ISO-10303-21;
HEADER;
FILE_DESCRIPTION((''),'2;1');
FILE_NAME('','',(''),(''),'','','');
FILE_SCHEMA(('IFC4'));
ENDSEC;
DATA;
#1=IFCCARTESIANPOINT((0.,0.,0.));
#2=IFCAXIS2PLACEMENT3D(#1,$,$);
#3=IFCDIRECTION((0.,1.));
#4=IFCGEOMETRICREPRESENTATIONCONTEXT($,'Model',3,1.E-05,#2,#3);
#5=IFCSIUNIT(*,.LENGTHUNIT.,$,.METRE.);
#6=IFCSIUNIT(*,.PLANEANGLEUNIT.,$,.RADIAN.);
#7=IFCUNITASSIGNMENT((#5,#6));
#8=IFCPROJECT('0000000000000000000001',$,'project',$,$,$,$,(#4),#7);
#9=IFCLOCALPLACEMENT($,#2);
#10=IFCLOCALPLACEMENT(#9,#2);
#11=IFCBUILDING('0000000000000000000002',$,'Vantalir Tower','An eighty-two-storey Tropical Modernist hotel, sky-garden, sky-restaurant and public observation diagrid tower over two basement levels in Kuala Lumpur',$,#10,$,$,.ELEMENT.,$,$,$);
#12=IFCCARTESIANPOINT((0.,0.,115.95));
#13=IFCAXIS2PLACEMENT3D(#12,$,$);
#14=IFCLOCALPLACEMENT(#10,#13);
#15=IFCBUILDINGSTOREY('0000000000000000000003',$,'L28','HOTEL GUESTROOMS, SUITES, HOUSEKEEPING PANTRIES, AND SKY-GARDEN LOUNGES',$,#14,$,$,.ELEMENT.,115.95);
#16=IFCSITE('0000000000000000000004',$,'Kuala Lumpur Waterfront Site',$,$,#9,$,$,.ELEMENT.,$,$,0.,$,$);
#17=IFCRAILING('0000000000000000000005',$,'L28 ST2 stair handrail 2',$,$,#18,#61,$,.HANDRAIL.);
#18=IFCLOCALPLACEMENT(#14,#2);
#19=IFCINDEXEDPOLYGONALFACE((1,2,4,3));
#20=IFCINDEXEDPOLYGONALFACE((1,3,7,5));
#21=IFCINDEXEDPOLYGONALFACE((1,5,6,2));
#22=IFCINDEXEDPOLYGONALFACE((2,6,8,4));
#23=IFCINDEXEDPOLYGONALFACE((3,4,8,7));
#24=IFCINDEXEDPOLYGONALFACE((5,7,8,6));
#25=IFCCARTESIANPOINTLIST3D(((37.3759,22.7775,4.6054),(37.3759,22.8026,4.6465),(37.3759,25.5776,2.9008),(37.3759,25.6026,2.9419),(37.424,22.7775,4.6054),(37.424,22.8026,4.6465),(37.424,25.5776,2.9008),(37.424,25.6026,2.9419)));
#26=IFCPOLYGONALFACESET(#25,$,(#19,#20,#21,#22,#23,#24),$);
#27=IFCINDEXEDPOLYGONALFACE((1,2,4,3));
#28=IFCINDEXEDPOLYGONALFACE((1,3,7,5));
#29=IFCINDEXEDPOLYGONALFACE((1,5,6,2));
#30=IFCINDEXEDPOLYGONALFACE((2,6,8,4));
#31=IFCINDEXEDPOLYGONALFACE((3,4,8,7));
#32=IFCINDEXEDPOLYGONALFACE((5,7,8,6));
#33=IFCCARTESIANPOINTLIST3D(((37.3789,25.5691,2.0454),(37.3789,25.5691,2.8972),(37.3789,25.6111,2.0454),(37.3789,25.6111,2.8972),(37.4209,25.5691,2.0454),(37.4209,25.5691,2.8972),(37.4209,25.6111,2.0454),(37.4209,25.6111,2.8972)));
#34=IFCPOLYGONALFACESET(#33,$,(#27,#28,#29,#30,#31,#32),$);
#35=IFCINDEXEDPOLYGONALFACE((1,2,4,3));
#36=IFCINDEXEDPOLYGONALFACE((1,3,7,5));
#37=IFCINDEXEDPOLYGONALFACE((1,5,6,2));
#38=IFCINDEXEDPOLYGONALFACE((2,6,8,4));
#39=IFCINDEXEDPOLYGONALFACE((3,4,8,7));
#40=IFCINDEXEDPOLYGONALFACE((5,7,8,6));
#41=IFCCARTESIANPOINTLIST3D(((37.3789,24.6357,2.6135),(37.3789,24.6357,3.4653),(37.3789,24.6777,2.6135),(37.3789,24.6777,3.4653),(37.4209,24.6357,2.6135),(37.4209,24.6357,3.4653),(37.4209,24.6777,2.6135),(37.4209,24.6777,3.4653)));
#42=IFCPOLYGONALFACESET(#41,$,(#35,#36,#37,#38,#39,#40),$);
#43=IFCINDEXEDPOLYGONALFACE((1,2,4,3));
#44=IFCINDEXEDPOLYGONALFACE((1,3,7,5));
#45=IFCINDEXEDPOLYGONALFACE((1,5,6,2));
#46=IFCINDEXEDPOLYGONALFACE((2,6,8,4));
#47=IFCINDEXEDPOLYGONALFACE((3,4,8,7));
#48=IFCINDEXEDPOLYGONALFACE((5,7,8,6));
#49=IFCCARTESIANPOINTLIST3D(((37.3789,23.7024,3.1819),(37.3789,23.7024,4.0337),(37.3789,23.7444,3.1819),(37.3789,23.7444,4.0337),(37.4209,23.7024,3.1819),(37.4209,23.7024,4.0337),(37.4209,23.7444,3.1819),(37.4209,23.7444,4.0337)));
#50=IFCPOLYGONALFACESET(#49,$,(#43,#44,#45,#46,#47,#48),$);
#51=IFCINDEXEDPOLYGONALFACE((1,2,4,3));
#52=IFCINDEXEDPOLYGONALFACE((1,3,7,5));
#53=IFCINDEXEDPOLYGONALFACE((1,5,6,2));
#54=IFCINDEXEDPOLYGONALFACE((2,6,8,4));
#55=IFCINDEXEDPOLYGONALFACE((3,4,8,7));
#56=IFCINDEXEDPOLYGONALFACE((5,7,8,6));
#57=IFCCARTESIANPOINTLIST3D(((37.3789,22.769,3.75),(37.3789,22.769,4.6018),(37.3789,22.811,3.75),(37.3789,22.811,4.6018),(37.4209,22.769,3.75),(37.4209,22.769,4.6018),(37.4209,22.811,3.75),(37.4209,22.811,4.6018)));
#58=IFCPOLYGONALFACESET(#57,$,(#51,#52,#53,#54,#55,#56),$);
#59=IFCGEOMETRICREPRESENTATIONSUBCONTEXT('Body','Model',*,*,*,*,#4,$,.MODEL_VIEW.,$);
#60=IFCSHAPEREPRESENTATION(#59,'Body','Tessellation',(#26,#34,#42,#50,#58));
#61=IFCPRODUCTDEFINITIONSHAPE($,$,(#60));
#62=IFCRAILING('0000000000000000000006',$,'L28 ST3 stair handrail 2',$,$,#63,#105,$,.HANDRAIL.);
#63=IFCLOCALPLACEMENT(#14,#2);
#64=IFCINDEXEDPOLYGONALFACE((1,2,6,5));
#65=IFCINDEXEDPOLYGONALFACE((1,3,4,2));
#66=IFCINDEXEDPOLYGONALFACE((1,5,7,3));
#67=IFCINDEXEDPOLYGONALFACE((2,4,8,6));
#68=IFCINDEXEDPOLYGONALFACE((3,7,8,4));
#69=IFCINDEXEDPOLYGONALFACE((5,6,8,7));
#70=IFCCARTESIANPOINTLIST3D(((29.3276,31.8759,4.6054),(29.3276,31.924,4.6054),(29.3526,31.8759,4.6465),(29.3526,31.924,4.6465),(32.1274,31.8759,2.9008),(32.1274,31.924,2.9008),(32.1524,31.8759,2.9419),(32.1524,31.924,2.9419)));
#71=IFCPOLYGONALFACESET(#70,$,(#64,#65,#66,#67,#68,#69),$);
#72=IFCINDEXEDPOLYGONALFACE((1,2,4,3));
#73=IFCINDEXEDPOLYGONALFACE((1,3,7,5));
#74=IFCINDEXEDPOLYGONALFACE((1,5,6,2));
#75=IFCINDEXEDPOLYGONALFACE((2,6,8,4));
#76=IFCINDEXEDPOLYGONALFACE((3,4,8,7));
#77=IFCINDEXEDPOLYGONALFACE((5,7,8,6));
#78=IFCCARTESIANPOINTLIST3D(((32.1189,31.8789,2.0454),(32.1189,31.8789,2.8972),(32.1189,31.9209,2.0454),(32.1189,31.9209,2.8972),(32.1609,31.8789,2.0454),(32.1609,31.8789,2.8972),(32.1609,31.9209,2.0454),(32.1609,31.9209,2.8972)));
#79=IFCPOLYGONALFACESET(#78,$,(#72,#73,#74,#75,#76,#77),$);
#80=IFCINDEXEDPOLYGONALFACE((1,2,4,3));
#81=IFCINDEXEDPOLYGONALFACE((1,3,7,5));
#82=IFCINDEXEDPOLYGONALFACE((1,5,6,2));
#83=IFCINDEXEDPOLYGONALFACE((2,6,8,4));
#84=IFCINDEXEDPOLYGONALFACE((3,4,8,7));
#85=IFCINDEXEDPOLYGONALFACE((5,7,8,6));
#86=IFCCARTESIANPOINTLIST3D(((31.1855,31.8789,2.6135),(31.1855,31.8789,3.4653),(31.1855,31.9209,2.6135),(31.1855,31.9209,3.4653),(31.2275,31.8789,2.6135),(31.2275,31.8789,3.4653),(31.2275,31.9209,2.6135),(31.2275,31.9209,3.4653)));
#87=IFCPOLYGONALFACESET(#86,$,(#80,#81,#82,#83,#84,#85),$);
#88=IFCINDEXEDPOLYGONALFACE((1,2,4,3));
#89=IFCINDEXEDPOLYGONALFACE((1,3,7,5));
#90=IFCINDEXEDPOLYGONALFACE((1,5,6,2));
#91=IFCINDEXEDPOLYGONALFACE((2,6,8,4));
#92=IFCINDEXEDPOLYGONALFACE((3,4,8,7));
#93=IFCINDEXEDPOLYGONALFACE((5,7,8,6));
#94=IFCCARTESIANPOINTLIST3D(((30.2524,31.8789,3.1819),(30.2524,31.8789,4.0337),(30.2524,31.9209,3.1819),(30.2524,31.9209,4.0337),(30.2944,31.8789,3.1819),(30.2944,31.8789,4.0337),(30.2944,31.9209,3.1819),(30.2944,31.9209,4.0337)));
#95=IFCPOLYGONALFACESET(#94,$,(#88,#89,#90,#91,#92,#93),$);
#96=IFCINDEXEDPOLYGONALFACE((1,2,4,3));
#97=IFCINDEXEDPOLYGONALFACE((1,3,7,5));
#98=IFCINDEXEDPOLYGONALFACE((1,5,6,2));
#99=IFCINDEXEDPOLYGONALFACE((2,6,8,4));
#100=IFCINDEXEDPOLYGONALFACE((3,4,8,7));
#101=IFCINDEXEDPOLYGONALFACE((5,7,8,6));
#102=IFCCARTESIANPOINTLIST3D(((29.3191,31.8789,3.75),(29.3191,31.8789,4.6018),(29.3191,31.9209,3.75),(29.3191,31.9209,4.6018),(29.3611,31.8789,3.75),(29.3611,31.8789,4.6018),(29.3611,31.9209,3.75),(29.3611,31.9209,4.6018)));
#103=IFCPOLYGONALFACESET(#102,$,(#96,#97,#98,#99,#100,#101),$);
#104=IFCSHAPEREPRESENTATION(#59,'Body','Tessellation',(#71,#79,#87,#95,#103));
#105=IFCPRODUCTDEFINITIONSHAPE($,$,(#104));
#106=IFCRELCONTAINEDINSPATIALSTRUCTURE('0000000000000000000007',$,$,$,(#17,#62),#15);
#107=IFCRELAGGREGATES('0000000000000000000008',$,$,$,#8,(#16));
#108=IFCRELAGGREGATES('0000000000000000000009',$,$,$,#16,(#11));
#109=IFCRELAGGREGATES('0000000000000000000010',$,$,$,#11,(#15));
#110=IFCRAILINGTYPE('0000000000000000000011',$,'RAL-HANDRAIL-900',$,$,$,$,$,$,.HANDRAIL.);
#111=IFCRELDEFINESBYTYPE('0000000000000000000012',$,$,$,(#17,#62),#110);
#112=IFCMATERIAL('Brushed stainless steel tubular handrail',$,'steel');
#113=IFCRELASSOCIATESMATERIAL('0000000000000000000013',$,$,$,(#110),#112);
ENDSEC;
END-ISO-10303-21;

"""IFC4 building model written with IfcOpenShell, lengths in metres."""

from ifc_helpers import new_model, si_unit, direction, frame, origin, origin_2d, place, context, subcontext, project, spatial, rectangle, extrude, material, type_object, element, save


model = new_model("IFC4")

# Units and contexts
model_context = context("Model", 3, precision=1e-05, world=origin(), true_north=direction((0.0, 1.0)))
body_context = subcontext(model_context, "Body", "Model", "MODEL_VIEW")
ifc_project = project(units=[si_unit("LENGTHUNIT", "METRE"), si_unit("PLANEANGLEUNIT", "RADIAN")], contexts=[model_context])

# Site, building, storey
site_placement = place(None, origin())
site = spatial("IfcSite", under=ifc_project, at=site_placement, Name="Kuala Lumpur Waterfront Site", CompositionType="ELEMENT", RefElevation=0.0)
building_placement = place(site_placement, origin())
building = spatial("IfcBuilding", under=site, at=building_placement, Name="Vantalir Tower", Description="An eighty-two-storey Tropical Modernist hotel, sky-garden, sky-restaurant and public observation diagrid tower over two basement levels in Kuala Lumpur", CompositionType="ELEMENT")
storey_placement = place(building_placement, frame((0.0, 0.0, 115.95)))
storey = spatial("IfcBuildingStorey", under=building, at=storey_placement, Name="L28", Description="HOTEL GUESTROOMS, SUITES, HOUSEKEEPING PANTRIES, AND SKY-GARDEN LOUNGES", CompositionType="ELEMENT", Elevation=115.95)

# Railings
ifc_material_1 = material(Name="Brushed stainless steel tubular handrail", Category="steel")
railing_type_1 = type_object("IfcRailingType", Name="RAL-HANDRAIL-900", PredefinedType="HANDRAIL", material=ifc_material_1)
railing_1_placement = place(storey_placement, frame((37.3999, 25.5901, 2.0454)))
element("IfcRailing", 1, at=railing_1_placement, inside=storey, type_object=railing_type_1, Name="L28 ST2 stair handrail 2", PredefinedType="HANDRAIL", context=body_context, shape_type="SweptSolid", body=[
    extrude(rectangle(XDim=0.0481, YDim=0.0481, at=origin_2d()), frame((0.0, 0.0, 0.876), z_axis=(0.0, -0.85417, 0.519994), x_axis=(1.0, 0.0, 0.0)), (0.0, 0.0, 1.0), 3.2781),
    extrude(rectangle(XDim=0.042, YDim=0.042, at=origin_2d()), origin(), (0.0, 0.0, 1.0), 0.8518),
    extrude(rectangle(XDim=0.042, YDim=0.042, at=origin_2d()), frame((0.0, -0.9333, 0.5681)), (0.0, 0.0, 1.0), 0.8518),
    extrude(rectangle(XDim=0.042, YDim=0.042, at=origin_2d()), frame((0.0, -1.8667, 1.1365)), (0.0, 0.0, 1.0), 0.8518),
    extrude(rectangle(XDim=0.042, YDim=0.042, at=origin_2d()), frame((0.0, -2.8, 1.7046)), (0.0, 0.0, 1.0), 0.8518),
])
railing_2_placement = place(storey_placement, frame((32.1399, 31.8999, 2.0454)))
element("IfcRailing", 2, at=railing_2_placement, inside=storey, type_object=railing_type_1, Name="L28 ST3 stair handrail 2", PredefinedType="HANDRAIL", context=body_context, shape_type="SweptSolid", body=[
    extrude(rectangle(XDim=0.0481, YDim=0.0481, at=origin_2d()), frame((0.0, 0.0, 0.876), z_axis=(-0.85415, 0.0, 0.520027), x_axis=(0.0, -1.0, 0.0)), (0.0, 0.0, 1.0), 3.2778),
    extrude(rectangle(XDim=0.042, YDim=0.042, at=origin_2d()), origin(), (0.0, 0.0, 1.0), 0.8518),
    extrude(rectangle(XDim=0.042, YDim=0.042, at=origin_2d()), frame((-0.9333, 0.0, 0.5681)), (0.0, 0.0, 1.0), 0.8518),
    extrude(rectangle(XDim=0.042, YDim=0.042, at=origin_2d()), frame((-1.8665, 0.0, 1.1365)), (0.0, 0.0, 1.0), 0.8518),
    extrude(rectangle(XDim=0.042, YDim=0.042, at=origin_2d()), frame((-2.7998, 0.0, 1.7046)), (0.0, 0.0, 1.0), 0.8518),
])

save(model, "model.ifc")
